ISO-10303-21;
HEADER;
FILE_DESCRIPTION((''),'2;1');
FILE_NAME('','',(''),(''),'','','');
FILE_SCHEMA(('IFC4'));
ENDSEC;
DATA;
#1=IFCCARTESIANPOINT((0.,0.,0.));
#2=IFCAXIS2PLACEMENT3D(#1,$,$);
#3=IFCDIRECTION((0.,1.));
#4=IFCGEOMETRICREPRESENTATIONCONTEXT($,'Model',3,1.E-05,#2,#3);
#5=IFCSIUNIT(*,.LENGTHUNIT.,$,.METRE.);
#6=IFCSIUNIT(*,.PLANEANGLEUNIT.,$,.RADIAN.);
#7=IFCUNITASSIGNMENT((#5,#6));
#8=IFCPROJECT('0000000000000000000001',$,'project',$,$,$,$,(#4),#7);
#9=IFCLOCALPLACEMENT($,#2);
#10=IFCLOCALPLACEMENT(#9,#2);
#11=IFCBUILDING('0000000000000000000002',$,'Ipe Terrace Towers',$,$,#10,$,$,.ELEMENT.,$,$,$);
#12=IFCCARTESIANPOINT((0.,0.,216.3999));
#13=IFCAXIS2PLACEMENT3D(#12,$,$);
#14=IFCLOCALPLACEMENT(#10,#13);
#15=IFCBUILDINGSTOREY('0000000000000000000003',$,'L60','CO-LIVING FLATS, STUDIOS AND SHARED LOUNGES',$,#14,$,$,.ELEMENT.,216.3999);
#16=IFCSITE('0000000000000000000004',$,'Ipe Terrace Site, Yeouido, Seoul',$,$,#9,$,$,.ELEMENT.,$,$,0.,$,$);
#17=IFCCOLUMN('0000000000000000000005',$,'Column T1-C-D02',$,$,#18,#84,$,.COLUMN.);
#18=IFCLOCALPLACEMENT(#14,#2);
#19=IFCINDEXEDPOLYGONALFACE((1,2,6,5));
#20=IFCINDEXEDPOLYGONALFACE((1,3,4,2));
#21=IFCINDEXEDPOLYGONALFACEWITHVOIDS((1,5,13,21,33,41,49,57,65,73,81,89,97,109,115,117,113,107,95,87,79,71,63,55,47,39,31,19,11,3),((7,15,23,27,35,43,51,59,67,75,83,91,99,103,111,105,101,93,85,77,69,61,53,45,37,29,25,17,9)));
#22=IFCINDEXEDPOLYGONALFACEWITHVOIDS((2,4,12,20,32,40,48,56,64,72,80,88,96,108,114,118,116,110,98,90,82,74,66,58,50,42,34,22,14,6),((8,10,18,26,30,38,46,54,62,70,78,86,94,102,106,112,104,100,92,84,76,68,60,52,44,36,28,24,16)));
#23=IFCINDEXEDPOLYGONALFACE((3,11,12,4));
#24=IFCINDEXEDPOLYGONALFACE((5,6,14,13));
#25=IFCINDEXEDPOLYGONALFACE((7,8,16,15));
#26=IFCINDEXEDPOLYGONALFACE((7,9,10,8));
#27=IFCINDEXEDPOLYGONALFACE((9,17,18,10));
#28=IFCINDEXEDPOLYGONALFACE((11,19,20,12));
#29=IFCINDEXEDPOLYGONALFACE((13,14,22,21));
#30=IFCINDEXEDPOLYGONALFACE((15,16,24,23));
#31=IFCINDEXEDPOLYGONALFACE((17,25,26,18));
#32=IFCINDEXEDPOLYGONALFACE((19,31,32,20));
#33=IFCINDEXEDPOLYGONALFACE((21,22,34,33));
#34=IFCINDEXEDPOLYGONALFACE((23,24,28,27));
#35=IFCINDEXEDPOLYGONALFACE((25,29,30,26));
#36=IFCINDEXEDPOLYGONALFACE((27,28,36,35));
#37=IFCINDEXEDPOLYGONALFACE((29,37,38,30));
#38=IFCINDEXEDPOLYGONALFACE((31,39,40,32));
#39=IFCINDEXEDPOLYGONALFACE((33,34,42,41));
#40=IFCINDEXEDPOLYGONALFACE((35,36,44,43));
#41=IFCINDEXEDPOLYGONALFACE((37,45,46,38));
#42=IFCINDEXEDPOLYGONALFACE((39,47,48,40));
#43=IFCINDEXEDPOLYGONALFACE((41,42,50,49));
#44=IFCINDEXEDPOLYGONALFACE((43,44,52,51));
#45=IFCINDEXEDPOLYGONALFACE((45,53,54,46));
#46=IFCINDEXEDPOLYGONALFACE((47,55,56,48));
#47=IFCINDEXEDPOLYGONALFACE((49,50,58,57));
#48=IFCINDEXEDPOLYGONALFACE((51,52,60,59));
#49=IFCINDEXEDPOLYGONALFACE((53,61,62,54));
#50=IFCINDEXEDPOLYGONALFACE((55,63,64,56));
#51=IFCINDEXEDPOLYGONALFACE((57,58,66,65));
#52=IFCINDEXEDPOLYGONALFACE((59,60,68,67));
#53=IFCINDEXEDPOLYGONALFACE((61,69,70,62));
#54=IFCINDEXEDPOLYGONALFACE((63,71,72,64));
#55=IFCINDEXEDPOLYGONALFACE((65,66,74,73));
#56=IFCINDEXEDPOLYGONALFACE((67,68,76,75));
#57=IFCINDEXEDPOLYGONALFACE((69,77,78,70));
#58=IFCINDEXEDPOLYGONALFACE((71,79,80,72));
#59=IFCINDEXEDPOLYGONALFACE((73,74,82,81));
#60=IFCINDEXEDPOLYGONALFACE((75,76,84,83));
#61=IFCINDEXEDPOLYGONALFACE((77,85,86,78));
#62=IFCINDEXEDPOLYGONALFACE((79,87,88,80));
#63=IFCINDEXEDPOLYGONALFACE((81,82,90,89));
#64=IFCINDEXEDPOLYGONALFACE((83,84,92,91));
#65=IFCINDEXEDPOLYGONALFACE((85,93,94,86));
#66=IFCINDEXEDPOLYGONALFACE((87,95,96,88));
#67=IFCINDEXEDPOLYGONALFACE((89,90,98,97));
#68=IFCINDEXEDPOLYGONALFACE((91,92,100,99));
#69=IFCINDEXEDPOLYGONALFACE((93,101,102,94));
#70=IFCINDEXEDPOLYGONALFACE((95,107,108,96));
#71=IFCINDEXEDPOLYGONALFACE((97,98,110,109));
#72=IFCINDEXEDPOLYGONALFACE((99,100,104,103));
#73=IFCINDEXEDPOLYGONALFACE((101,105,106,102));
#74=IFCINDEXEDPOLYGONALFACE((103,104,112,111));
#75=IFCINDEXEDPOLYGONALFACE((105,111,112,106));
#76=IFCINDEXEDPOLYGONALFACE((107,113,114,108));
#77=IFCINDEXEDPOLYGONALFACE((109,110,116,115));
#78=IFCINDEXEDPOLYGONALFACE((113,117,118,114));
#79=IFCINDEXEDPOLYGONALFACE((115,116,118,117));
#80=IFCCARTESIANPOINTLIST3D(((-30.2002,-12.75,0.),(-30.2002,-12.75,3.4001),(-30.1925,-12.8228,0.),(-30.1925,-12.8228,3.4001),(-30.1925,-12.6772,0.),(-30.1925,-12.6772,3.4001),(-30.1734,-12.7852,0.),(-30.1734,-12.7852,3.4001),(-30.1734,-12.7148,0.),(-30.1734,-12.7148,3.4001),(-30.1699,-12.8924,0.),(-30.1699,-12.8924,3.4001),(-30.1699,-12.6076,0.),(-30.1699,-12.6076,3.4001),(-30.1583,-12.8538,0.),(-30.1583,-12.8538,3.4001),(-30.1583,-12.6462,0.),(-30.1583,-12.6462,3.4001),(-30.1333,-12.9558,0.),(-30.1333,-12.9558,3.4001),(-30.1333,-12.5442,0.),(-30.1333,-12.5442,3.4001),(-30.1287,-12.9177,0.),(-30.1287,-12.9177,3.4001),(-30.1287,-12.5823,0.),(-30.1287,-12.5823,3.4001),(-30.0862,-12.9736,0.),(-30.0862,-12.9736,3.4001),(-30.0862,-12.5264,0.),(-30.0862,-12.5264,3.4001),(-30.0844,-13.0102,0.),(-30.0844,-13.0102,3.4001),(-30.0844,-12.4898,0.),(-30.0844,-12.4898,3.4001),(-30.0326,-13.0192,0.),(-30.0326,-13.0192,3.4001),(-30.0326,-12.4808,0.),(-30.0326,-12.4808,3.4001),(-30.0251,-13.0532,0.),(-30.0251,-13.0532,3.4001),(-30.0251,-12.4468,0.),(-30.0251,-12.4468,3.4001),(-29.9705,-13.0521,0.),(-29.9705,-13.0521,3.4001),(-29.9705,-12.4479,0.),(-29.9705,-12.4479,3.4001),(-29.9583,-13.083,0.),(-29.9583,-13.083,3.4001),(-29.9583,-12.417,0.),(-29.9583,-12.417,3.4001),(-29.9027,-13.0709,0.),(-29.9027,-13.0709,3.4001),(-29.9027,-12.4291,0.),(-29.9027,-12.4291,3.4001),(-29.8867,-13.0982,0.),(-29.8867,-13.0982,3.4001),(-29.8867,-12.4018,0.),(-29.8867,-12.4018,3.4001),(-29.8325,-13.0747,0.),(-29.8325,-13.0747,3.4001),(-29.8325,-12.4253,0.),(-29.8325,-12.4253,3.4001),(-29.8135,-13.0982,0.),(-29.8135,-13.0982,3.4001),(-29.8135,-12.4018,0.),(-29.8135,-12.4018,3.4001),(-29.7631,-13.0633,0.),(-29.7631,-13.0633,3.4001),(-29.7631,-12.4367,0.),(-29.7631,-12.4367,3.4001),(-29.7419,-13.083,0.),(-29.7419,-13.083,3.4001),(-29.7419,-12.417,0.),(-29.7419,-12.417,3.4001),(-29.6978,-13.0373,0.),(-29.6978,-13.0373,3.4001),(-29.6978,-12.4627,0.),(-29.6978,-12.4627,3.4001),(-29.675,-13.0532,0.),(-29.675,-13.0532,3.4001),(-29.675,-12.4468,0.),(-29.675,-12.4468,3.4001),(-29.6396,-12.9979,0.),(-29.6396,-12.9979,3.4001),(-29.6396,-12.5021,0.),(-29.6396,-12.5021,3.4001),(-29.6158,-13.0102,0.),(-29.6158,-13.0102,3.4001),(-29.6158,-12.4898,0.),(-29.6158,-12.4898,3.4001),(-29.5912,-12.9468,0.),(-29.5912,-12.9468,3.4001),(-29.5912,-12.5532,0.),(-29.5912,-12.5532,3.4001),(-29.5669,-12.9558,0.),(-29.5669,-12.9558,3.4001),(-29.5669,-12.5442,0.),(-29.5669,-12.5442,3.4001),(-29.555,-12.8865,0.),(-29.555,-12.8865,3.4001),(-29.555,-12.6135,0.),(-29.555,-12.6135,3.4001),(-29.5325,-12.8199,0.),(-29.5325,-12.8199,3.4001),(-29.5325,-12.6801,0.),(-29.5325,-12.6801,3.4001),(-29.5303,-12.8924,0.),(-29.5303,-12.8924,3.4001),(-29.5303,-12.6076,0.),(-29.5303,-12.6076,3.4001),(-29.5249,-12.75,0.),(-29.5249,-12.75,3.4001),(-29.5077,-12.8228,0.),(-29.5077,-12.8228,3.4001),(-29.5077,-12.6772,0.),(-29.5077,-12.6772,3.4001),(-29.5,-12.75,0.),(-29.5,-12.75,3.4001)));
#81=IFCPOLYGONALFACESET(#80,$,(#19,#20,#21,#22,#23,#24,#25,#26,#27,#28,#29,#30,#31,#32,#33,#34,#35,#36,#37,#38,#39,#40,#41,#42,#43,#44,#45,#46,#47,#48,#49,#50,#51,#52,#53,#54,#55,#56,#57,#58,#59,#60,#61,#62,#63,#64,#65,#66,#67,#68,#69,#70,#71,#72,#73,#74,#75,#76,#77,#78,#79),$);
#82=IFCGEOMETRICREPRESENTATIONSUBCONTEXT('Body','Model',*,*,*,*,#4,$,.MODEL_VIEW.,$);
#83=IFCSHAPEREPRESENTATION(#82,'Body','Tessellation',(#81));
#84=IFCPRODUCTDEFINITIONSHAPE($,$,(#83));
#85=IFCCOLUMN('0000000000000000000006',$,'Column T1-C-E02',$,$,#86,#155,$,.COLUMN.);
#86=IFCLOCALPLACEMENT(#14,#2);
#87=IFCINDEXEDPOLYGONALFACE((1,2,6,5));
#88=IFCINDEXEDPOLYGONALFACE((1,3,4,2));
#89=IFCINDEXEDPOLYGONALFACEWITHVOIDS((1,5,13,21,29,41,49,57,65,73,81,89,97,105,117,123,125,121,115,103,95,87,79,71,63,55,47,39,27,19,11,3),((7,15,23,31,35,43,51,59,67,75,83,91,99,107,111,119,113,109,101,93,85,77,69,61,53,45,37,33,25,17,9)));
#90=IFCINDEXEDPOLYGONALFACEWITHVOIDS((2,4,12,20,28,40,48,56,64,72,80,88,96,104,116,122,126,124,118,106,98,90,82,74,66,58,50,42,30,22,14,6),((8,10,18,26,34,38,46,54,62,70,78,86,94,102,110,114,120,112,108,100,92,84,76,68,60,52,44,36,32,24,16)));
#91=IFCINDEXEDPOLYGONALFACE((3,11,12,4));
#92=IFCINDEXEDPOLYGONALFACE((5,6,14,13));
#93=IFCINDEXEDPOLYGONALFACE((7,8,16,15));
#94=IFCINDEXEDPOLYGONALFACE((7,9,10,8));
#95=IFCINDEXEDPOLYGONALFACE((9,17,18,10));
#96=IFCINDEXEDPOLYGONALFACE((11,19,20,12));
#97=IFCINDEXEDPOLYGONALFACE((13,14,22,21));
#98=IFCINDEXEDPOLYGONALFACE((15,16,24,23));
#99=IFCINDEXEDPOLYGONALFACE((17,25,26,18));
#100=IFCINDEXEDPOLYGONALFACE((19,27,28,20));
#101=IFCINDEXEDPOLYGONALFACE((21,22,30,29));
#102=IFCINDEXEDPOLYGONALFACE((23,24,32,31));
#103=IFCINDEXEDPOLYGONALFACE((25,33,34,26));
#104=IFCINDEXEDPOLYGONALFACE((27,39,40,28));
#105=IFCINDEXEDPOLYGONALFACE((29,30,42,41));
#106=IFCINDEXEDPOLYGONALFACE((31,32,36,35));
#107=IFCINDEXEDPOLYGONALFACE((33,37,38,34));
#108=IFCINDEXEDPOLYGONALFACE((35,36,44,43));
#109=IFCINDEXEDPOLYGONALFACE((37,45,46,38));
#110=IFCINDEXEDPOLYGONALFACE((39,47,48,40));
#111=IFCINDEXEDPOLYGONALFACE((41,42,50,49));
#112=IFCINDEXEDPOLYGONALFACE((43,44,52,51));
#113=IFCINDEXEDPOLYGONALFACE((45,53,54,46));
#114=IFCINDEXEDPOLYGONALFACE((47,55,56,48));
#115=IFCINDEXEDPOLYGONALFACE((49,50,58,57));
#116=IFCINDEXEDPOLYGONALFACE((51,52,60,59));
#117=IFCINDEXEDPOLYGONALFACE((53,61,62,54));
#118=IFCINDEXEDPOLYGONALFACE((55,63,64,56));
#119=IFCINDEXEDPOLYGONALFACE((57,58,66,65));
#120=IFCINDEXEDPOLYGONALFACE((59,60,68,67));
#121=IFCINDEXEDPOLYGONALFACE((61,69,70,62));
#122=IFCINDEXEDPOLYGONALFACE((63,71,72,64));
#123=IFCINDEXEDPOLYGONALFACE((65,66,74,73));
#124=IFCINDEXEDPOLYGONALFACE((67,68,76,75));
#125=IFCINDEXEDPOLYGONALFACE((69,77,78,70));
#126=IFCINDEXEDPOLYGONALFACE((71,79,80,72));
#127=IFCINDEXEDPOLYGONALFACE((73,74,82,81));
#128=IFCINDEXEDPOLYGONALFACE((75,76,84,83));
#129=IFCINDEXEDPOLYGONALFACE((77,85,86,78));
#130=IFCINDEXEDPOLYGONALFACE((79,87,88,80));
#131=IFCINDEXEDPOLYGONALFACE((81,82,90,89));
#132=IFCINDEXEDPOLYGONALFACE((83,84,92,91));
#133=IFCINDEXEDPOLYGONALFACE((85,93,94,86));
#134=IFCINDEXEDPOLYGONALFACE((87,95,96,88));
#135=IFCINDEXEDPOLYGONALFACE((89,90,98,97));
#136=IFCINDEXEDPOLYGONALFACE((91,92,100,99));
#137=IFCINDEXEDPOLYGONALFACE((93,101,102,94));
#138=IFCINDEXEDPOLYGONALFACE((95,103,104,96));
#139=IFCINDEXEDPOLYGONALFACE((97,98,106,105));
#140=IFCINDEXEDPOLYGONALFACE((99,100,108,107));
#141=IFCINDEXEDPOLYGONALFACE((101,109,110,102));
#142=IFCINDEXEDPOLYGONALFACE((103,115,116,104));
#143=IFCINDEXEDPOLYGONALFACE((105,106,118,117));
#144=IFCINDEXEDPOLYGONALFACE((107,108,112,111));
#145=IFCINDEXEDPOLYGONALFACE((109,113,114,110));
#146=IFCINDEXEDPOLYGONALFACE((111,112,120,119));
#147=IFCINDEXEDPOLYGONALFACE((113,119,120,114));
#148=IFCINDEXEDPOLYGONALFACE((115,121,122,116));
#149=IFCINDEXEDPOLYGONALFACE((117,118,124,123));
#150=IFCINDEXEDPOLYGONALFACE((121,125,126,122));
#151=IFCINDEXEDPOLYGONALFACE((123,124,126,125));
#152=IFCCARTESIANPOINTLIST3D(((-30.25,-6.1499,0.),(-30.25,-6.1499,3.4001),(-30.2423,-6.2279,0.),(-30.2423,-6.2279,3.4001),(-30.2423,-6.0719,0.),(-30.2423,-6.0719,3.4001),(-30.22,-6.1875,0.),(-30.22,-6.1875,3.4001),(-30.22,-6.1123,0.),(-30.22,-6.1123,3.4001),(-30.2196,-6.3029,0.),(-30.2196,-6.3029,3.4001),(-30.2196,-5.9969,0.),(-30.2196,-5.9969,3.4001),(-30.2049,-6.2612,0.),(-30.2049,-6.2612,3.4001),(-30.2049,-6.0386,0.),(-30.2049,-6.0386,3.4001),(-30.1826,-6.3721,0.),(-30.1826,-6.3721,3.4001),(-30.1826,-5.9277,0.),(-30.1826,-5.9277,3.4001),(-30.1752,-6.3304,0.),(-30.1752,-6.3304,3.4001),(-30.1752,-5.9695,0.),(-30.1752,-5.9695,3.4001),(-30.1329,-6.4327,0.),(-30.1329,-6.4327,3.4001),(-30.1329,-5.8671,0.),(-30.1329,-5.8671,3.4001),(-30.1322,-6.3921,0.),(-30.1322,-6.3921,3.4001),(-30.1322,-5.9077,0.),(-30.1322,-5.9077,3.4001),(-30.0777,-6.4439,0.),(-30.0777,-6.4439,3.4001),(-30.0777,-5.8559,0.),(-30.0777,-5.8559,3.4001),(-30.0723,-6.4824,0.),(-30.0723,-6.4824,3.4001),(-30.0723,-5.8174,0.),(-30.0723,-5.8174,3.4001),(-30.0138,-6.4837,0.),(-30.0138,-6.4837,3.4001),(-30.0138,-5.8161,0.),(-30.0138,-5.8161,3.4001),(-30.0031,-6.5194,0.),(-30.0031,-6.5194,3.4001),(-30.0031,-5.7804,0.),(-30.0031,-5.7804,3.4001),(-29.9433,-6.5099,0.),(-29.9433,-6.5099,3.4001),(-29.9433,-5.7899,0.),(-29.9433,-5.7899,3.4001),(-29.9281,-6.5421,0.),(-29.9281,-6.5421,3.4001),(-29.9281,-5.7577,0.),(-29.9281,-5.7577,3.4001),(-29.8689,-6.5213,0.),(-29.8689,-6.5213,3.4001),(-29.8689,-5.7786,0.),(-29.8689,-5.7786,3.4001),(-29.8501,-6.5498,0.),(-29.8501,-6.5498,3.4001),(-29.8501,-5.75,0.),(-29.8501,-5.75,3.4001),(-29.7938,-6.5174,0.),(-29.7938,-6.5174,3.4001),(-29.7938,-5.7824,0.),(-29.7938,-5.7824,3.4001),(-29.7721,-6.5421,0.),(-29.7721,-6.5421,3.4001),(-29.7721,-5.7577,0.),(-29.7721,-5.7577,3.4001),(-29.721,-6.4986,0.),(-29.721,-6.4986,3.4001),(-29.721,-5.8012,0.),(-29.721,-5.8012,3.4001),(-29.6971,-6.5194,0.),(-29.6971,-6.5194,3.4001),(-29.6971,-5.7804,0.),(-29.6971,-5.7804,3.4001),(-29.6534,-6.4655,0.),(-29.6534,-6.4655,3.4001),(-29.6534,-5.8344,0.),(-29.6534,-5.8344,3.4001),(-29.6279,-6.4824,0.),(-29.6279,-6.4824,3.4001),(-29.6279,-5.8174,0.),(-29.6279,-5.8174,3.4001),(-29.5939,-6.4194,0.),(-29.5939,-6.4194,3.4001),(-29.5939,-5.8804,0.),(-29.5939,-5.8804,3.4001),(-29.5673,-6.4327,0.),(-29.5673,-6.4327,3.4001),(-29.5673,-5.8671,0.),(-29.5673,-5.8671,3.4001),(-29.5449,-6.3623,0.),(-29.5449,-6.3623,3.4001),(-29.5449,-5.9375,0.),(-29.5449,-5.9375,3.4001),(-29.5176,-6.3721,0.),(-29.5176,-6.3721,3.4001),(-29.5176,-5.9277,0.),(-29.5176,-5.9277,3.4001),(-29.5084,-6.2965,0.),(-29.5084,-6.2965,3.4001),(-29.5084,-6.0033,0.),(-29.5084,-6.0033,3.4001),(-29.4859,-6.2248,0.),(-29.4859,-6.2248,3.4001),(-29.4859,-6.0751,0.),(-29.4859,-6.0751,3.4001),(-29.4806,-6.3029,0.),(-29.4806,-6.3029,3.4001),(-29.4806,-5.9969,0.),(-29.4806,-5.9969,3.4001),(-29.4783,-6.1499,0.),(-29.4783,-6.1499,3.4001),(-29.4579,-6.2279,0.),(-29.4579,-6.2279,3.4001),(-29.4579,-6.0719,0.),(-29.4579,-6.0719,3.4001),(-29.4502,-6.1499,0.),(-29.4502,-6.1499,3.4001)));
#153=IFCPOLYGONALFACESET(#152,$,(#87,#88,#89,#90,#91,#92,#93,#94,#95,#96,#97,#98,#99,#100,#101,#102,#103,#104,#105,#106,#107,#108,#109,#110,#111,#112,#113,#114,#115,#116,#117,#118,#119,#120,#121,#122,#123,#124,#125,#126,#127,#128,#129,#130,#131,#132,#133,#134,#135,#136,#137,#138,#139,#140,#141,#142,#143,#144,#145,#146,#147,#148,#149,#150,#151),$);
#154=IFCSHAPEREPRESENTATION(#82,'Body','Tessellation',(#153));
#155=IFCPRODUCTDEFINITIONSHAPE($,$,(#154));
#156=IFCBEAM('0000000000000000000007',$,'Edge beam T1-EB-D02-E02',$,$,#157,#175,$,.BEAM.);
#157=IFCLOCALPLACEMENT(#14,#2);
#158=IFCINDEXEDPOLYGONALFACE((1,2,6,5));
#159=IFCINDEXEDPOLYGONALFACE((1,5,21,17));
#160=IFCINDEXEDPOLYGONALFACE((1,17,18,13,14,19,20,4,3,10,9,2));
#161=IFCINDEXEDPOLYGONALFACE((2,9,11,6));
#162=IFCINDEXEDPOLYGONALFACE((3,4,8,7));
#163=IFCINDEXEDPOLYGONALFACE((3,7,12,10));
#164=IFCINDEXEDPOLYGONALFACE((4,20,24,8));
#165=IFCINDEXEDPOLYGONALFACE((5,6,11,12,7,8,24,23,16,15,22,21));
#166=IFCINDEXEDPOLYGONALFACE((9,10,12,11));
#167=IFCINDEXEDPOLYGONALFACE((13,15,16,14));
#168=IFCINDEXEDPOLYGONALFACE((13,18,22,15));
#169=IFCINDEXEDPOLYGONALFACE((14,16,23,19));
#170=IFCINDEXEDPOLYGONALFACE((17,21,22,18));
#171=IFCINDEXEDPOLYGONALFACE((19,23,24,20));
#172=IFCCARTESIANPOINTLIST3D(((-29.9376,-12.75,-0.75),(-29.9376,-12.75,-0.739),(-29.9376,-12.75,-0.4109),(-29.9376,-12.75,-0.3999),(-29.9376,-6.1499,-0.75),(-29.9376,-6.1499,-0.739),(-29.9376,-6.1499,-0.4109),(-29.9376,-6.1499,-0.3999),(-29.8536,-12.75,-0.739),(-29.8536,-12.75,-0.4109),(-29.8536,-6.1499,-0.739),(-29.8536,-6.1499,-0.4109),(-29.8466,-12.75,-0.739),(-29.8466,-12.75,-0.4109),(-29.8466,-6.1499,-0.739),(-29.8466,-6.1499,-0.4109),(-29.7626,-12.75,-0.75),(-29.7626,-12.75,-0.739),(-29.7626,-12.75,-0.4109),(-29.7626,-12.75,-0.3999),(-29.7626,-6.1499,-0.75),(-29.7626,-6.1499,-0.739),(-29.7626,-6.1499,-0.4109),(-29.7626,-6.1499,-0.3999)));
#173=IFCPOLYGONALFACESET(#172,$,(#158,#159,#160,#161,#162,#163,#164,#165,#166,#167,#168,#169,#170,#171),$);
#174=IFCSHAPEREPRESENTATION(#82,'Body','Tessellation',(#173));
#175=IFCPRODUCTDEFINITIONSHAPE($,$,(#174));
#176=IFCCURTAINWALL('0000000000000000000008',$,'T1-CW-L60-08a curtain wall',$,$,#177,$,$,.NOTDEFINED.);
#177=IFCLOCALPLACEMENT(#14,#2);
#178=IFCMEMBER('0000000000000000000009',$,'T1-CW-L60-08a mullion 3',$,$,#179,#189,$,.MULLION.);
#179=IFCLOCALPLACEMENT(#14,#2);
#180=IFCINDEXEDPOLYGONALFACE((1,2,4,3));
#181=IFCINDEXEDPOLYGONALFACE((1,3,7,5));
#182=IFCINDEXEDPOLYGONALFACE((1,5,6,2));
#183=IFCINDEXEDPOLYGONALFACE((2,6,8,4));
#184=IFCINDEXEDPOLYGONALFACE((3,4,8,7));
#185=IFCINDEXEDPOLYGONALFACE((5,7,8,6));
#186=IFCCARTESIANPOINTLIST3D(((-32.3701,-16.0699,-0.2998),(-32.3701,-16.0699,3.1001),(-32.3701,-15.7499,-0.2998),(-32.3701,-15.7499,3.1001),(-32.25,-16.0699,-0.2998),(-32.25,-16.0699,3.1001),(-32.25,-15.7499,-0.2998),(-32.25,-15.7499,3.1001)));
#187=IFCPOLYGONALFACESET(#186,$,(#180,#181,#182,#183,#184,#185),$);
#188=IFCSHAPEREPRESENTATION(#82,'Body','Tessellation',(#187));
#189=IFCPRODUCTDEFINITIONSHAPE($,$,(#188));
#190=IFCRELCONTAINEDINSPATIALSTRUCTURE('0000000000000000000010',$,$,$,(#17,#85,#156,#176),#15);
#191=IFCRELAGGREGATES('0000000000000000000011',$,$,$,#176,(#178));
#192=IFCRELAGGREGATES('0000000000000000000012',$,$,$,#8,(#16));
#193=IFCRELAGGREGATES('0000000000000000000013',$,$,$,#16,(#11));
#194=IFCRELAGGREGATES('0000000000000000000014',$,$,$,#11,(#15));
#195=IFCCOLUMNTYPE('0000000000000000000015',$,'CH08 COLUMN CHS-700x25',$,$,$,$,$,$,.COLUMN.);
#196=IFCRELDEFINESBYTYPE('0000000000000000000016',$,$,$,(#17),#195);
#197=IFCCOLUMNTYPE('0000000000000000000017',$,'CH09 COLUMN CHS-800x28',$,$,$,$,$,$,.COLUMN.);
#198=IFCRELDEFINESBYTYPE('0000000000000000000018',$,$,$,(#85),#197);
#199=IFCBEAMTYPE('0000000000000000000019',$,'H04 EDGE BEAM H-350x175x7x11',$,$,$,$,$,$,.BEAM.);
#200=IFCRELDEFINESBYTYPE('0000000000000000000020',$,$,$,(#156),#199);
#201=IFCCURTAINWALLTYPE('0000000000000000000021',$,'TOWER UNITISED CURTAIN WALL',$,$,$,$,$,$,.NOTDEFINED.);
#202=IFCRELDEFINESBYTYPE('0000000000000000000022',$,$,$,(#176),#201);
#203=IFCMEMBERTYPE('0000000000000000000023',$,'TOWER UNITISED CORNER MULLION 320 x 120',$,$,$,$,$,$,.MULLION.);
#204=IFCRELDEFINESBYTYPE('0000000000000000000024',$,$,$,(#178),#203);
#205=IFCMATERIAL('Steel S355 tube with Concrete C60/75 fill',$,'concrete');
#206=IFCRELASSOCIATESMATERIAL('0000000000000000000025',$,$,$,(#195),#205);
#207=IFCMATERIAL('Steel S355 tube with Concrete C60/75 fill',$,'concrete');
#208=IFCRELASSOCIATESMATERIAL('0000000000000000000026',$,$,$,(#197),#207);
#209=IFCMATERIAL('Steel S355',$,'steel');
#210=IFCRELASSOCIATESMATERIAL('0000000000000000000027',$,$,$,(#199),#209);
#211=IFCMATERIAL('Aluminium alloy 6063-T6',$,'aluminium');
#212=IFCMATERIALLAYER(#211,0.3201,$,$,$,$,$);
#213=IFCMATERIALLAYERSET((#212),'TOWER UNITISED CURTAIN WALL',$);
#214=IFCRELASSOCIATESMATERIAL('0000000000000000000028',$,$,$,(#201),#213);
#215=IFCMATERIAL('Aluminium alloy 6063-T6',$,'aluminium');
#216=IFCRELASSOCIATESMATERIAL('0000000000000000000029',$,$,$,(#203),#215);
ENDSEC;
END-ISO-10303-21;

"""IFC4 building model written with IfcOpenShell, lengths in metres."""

from ifc_helpers import new_model, si_unit, direction, frame, origin, origin_2d, place, context, subcontext, project, spatial, rectangle, hollow_circle, i_section, extrude, material, layer, layer_set, material_profile, profile_set, type_object, element, aggregate, save


model = new_model("IFC4")

# Units and contexts
model_context = context("Model", 3, precision=1e-05, world=origin(), true_north=direction((0.0, 1.0)))
body_context = subcontext(model_context, "Body", "Model", "MODEL_VIEW")
ifc_project = project(units=[si_unit("LENGTHUNIT", "METRE"), si_unit("PLANEANGLEUNIT", "RADIAN")], contexts=[model_context])

# Site, building, storey
site_placement = place(None, origin())
site = spatial("IfcSite", under=ifc_project, at=site_placement, Name="Ipe Terrace Site, Yeouido, Seoul", CompositionType="ELEMENT", RefElevation=0.0)
building_placement = place(site_placement, origin())
building = spatial("IfcBuilding", under=site, at=building_placement, Name="Ipe Terrace Towers", CompositionType="ELEMENT")
storey_placement = place(building_placement, frame((0.0, 0.0, 216.3999)))
storey = spatial("IfcBuildingStorey", under=building, at=storey_placement, Name="L60", Description="CO-LIVING FLATS, STUDIOS AND SHARED LOUNGES", CompositionType="ELEMENT", Elevation=216.3999)

# Columns
ifc_material_1 = material(Name="Steel S355 tube with Concrete C60/75 fill", Category="concrete")
ifc_material_profile_1 = material_profile(ifc_material_1, hollow_circle(Radius=0.3501, WallThickness=0.0249, at=origin_2d()), Name="CHS-700x25")
ifc_profile_set_1 = profile_set([ifc_material_profile_1], Name="Steel S355 tube with Concrete C60/75 fill")
column_type_1 = type_object("IfcColumnType", Name="CH08 COLUMN CHS-700x25", PredefinedType="COLUMN", material=ifc_profile_set_1)
column_1_placement = place(storey_placement, frame((-29.8501, -12.75, 0.0), z_axis=(0.0, 0.0, 1.0), x_axis=(1.0, 0.0, 0.0)))
element("IfcColumn", 1, at=column_1_placement, inside=storey, type_object=column_type_1, Name="Column T1-C-D02", PredefinedType="COLUMN", context=body_context, shape_type="SweptSolid", body=[
    extrude(hollow_circle(Radius=0.3501, WallThickness=0.0249, at=origin_2d()), origin(), (0.0, 0.0, 1.0), 3.4001),
])
ifc_material_2 = material(Name="Steel S355 tube with Concrete C60/75 fill", Category="concrete")
ifc_material_profile_2 = material_profile(ifc_material_2, hollow_circle(Radius=0.3999, WallThickness=0.0281, at=origin_2d()), Name="CHS-800x28")
ifc_profile_set_2 = profile_set([ifc_material_profile_2], Name="Steel S355 tube with Concrete C60/75 fill")
column_type_2 = type_object("IfcColumnType", Name="CH09 COLUMN CHS-800x28", PredefinedType="COLUMN", material=ifc_profile_set_2)
column_2_placement = place(storey_placement, frame((-29.8501, -6.1499, 0.0), z_axis=(0.0, 0.0, 1.0), x_axis=(1.0, 0.0, 0.0)))
element("IfcColumn", 2, at=column_2_placement, inside=storey, type_object=column_type_2, Name="Column T1-C-E02", PredefinedType="COLUMN", context=body_context, shape_type="SweptSolid", body=[
    extrude(hollow_circle(Radius=0.3999, WallThickness=0.0281, at=origin_2d()), origin(), (0.0, 0.0, 1.0), 3.4001),
])

# Beam
ifc_material_3 = material(Name="Steel S355", Category="steel")
ifc_material_profile_3 = material_profile(ifc_material_3, i_section(OverallWidth=0.175, OverallDepth=0.3501, WebThickness=0.0071, FlangeThickness=0.011, at=origin_2d()), Name="H-350x175x7x11")
ifc_profile_set_3 = profile_set([ifc_material_profile_3], Name="Steel S355")
beam_type = type_object("IfcBeamType", Name="H04 EDGE BEAM H-350x175x7x11", PredefinedType="BEAM", material=ifc_profile_set_3)
beam_placement = place(storey_placement, frame((-29.8501, -12.75, -0.575), z_axis=(0.0, 1.0, 0.0), x_axis=(-1.0, 0.0, 0.0)))
element("IfcBeam", 3, at=beam_placement, inside=storey, type_object=beam_type, Name="Edge beam T1-EB-D02-E02", PredefinedType="BEAM", context=body_context, shape_type="SweptSolid", body=[
    extrude(i_section(OverallWidth=0.175, OverallDepth=0.3501, WebThickness=0.0071, FlangeThickness=0.011, at=origin_2d()), origin(), (0.0, 0.0, 1.0), 6.6001),
])

# Curtain wall, member
ifc_material_4 = material(Name="Aluminium alloy 6063-T6", Category="aluminium")
ifc_layer_1 = layer(ifc_material_4, 0.3201)
ifc_layer_set_1 = layer_set([ifc_layer_1], Name="TOWER UNITISED CURTAIN WALL")
curtain_wall_type = type_object("IfcCurtainWallType", Name="TOWER UNITISED CURTAIN WALL", PredefinedType="NOTDEFINED", material=ifc_layer_set_1)
curtain_wall_1_placement = place(storey_placement, origin())
curtain_wall_1 = element("IfcCurtainWall", 4, at=curtain_wall_1_placement, inside=storey, type_object=curtain_wall_type, Name="T1-CW-L60-08a curtain wall", PredefinedType="NOTDEFINED")
ifc_material_5 = material(Name="Aluminium alloy 6063-T6", Category="aluminium")
ifc_material_profile_4 = material_profile(ifc_material_5, rectangle(XDim=0.3201, YDim=0.1201, at=origin_2d()), Name="TOWER UNITISED CORNER MULLION 320 x 120")
ifc_profile_set_4 = profile_set([ifc_material_profile_4], Name="Aluminium alloy 6063-T6")
member_type = type_object("IfcMemberType", Name="TOWER UNITISED CORNER MULLION 320 x 120", PredefinedType="MULLION", material=ifc_profile_set_4)
member_1_placement = place(storey_placement, frame((-32.3101, -15.9099, -0.2998), z_axis=(0.0, 0.0, 1.0), x_axis=(0.0, -1.0, 0.0)))
member_1 = element("IfcMember", 5, at=member_1_placement, type_object=member_type, Name="T1-CW-L60-08a mullion 3", PredefinedType="MULLION", context=body_context, shape_type="SweptSolid", body=[
    extrude(rectangle(XDim=0.3201, YDim=0.1201, at=origin_2d()), origin(), (0.0, 0.0, 1.0), 3.3999),
])
aggregate(curtain_wall_1, [member_1])

save(model, "model.ifc")
